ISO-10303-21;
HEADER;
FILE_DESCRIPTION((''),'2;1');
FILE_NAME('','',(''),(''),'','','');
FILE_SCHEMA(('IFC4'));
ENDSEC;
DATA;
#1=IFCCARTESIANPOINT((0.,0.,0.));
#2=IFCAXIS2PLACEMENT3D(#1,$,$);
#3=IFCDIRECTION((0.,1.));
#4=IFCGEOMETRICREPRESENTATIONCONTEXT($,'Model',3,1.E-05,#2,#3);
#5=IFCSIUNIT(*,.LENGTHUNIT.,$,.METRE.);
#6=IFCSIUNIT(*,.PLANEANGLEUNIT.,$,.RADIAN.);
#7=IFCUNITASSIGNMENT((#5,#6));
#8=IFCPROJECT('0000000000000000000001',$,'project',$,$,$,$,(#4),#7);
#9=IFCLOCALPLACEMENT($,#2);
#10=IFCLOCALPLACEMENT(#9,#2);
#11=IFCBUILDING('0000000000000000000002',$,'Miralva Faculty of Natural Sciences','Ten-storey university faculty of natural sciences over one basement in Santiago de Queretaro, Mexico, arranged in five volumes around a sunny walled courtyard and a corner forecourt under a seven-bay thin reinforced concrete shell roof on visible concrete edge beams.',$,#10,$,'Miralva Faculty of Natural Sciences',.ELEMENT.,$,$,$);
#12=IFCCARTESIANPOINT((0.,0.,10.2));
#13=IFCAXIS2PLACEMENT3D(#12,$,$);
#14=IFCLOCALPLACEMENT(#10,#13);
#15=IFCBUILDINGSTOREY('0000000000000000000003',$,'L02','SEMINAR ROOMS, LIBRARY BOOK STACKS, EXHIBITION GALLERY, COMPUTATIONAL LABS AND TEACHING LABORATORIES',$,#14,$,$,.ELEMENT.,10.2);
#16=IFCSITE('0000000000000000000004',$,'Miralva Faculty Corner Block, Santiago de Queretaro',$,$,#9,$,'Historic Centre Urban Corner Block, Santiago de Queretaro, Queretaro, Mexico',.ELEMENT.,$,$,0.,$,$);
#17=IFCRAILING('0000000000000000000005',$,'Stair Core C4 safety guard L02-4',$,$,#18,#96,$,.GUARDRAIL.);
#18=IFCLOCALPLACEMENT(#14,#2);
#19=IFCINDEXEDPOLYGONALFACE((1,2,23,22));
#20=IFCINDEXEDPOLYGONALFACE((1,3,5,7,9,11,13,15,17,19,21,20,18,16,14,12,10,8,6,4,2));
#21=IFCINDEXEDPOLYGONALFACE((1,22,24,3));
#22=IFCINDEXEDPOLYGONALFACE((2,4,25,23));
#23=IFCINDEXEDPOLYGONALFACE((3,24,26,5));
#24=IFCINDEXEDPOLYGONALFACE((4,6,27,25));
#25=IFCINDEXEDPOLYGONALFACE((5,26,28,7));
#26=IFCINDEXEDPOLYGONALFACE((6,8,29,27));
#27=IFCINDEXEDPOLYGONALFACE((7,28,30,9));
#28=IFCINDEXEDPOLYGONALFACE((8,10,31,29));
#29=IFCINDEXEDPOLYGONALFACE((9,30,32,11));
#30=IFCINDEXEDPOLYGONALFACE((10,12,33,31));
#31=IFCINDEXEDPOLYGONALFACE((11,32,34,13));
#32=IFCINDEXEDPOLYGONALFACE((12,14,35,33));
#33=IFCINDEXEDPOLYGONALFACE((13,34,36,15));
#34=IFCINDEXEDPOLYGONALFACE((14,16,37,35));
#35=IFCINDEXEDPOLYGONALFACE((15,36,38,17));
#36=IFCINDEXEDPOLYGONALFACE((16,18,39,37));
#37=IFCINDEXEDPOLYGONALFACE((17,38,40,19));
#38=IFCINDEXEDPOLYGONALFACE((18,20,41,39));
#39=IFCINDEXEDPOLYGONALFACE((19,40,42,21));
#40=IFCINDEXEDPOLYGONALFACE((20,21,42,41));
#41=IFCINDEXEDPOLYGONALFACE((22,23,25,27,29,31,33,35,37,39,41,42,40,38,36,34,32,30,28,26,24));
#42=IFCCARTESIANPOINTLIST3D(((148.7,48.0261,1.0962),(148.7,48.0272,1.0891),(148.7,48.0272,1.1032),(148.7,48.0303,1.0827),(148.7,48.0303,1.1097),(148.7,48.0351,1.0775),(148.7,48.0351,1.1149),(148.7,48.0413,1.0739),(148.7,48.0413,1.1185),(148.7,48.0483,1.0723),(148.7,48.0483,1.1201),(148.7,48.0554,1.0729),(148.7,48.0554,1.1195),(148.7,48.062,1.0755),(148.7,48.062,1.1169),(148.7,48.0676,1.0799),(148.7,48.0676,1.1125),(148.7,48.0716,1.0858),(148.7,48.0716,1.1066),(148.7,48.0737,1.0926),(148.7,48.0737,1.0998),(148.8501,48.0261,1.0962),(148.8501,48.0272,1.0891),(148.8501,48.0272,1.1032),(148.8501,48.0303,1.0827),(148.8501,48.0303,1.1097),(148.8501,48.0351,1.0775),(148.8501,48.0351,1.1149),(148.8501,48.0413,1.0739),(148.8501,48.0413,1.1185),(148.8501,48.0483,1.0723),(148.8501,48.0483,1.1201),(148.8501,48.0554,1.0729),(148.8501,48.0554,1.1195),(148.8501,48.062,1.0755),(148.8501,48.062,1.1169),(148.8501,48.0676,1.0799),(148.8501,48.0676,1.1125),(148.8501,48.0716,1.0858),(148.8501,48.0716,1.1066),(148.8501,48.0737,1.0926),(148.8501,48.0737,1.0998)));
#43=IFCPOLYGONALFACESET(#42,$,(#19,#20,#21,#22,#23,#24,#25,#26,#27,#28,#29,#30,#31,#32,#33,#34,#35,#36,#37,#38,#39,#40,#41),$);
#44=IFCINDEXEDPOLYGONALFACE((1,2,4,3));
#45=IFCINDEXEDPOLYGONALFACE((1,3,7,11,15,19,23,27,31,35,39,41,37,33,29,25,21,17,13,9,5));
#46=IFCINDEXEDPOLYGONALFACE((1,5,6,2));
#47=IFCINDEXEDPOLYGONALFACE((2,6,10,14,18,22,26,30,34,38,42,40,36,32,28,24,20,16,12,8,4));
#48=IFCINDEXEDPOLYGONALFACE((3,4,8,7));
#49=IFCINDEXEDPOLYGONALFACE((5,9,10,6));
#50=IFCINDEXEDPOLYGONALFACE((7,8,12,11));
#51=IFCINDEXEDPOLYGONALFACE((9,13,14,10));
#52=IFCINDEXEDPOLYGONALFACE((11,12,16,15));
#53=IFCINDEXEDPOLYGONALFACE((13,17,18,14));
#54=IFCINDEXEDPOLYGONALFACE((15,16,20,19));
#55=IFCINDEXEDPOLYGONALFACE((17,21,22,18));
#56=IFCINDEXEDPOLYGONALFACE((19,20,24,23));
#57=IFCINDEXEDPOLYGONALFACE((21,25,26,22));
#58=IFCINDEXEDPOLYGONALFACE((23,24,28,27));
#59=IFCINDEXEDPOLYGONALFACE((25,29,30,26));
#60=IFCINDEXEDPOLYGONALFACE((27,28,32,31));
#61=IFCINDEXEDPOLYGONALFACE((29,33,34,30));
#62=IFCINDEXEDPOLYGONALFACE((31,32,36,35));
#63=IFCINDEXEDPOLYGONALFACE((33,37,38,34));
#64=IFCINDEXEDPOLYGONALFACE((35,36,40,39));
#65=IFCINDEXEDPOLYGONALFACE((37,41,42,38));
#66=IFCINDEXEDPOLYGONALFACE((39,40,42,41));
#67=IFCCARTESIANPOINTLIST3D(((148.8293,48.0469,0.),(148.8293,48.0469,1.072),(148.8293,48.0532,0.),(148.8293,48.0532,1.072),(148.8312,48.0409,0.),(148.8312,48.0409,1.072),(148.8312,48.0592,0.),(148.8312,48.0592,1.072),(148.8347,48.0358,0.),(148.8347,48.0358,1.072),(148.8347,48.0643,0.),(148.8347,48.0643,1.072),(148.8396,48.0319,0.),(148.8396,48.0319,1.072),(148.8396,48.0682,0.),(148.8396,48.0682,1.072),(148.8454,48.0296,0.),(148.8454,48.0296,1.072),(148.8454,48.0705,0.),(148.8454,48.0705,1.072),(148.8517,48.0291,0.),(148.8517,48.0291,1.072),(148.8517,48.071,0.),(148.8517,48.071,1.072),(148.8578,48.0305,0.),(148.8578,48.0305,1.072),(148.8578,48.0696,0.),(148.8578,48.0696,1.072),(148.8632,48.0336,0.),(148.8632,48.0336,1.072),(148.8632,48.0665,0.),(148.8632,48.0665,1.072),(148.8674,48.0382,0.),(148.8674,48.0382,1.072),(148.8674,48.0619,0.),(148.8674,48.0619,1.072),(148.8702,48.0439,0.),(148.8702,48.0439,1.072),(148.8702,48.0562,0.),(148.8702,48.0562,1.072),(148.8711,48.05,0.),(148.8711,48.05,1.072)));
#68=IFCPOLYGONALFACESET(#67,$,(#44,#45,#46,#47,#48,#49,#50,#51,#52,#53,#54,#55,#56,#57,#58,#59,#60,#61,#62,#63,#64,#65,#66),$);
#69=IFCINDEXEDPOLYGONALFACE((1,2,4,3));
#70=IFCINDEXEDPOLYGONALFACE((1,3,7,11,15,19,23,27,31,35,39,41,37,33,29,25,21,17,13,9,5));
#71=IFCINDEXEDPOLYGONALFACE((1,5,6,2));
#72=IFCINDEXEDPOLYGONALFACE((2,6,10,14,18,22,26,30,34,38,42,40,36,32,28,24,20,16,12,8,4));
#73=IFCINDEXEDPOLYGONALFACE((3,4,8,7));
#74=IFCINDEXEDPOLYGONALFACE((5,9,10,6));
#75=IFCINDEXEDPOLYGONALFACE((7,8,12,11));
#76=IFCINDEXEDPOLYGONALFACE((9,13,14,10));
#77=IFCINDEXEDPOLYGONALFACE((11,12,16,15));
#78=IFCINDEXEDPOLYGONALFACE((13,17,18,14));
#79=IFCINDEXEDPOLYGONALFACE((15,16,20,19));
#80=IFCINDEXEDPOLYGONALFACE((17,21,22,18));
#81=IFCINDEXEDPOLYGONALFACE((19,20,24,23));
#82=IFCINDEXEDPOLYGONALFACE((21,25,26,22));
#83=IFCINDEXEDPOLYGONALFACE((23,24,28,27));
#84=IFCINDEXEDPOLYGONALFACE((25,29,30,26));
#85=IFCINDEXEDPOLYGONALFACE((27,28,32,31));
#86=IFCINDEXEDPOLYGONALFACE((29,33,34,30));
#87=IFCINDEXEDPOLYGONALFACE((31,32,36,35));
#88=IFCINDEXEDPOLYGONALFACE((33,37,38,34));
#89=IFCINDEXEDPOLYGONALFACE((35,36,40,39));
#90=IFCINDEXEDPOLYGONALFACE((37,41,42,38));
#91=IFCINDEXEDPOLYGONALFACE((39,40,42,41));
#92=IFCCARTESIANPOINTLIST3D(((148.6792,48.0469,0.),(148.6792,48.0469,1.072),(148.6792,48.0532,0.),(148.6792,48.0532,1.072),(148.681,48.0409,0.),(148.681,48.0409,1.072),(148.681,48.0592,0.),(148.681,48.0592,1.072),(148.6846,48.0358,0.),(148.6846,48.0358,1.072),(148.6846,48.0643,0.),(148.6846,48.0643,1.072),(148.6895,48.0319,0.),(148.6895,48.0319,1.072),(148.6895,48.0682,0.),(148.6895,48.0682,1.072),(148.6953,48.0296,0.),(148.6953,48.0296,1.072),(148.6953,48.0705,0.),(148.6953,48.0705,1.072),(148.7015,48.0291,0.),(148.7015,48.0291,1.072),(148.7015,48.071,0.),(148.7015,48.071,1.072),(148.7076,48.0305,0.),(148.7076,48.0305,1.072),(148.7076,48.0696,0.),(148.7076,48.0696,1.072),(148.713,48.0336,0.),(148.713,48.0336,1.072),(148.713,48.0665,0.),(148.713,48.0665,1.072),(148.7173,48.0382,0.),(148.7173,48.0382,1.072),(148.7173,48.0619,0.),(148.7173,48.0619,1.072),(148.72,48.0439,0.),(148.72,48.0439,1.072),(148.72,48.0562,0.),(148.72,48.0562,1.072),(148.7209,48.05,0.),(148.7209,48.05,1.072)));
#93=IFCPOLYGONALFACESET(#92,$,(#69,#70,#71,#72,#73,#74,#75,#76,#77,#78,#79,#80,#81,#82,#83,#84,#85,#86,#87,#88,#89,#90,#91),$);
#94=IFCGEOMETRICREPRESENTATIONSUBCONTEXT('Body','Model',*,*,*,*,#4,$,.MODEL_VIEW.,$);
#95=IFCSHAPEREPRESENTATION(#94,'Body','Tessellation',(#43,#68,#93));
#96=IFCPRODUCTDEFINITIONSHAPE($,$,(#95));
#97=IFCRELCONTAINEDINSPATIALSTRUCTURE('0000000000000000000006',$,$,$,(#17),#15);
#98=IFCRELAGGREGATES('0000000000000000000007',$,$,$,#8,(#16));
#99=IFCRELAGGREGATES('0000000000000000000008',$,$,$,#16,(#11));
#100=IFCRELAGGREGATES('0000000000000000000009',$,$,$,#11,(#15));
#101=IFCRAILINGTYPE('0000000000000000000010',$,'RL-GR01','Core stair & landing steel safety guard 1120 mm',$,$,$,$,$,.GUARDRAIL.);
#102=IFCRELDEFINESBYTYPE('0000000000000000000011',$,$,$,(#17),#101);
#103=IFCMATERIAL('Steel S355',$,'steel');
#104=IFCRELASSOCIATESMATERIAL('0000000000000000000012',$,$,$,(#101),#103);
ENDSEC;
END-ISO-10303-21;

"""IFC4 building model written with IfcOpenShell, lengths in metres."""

from ifc_helpers import new_model, si_unit, direction, frame, origin, origin_2d, place, context, subcontext, project, spatial, circle, extrude, material, type_object, element, save


model = new_model("IFC4")

# Units and contexts
model_context = context("Model", 3, precision=1e-05, world=origin(), true_north=direction((0.0, 1.0)))
body_context = subcontext(model_context, "Body", "Model", "MODEL_VIEW")
ifc_project = project(units=[si_unit("LENGTHUNIT", "METRE"), si_unit("PLANEANGLEUNIT", "RADIAN")], contexts=[model_context])

# Site, building, storey
site_placement = place(None, origin())
site = spatial("IfcSite", under=ifc_project, at=site_placement, Name="Miralva Faculty Corner Block, Santiago de Queretaro", LongName="Historic Centre Urban Corner Block, Santiago de Queretaro, Queretaro, Mexico", CompositionType="ELEMENT", RefElevation=0.0)
building_placement = place(site_placement, origin())
building = spatial("IfcBuilding", under=site, at=building_placement, Name="Miralva Faculty of Natural Sciences", Description="Ten-storey university faculty of natural sciences over one basement in Santiago de Queretaro, Mexico, arranged in five volumes around a sunny walled courtyard and a corner forecourt under a seven-bay thin reinforced concrete shell roof on visible concrete edge beams.", LongName="Miralva Faculty of Natural Sciences", CompositionType="ELEMENT")
storey_placement = place(building_placement, frame((0.0, 0.0, 10.2)))
storey = spatial("IfcBuildingStorey", under=building, at=storey_placement, Name="L02", Description="SEMINAR ROOMS, LIBRARY BOOK STACKS, EXHIBITION GALLERY, COMPUTATIONAL LABS AND TEACHING LABORATORIES", CompositionType="ELEMENT", Elevation=10.2)

# Railing
ifc_material_1 = material(Name="Steel S355", Category="steel")
railing_type_1 = type_object("IfcRailingType", Name="RL-GR01", Description="Core stair & landing steel safety guard 1120 mm", PredefinedType="GUARDRAIL", material=ifc_material_1)
railing_1_placement = place(storey_placement, frame((148.8501, 48.05, 0.0)))
element("IfcRailing", 1, at=railing_1_placement, inside=storey, type_object=railing_type_1, Name="Stair Core C4 safety guard L02-4", PredefinedType="GUARDRAIL", context=body_context, shape_type="SweptSolid", body=[
    extrude(circle(Radius=0.0239, at=origin_2d()), frame((0.0, 0.0, 1.0962), z_axis=(-1.0, 0.0, 0.0), x_axis=(0.0, -1.0, 0.0)), (0.0, 0.0, 1.0), 0.1501),
    extrude(circle(Radius=0.021, at=origin_2d()), origin(), (0.0, 0.0, 1.0), 1.072),
    extrude(circle(Radius=0.021, at=origin_2d()), frame((-0.1501, 0.0, 0.0)), (0.0, 0.0, 1.0), 1.072),
])

save(model, "model.ifc")
